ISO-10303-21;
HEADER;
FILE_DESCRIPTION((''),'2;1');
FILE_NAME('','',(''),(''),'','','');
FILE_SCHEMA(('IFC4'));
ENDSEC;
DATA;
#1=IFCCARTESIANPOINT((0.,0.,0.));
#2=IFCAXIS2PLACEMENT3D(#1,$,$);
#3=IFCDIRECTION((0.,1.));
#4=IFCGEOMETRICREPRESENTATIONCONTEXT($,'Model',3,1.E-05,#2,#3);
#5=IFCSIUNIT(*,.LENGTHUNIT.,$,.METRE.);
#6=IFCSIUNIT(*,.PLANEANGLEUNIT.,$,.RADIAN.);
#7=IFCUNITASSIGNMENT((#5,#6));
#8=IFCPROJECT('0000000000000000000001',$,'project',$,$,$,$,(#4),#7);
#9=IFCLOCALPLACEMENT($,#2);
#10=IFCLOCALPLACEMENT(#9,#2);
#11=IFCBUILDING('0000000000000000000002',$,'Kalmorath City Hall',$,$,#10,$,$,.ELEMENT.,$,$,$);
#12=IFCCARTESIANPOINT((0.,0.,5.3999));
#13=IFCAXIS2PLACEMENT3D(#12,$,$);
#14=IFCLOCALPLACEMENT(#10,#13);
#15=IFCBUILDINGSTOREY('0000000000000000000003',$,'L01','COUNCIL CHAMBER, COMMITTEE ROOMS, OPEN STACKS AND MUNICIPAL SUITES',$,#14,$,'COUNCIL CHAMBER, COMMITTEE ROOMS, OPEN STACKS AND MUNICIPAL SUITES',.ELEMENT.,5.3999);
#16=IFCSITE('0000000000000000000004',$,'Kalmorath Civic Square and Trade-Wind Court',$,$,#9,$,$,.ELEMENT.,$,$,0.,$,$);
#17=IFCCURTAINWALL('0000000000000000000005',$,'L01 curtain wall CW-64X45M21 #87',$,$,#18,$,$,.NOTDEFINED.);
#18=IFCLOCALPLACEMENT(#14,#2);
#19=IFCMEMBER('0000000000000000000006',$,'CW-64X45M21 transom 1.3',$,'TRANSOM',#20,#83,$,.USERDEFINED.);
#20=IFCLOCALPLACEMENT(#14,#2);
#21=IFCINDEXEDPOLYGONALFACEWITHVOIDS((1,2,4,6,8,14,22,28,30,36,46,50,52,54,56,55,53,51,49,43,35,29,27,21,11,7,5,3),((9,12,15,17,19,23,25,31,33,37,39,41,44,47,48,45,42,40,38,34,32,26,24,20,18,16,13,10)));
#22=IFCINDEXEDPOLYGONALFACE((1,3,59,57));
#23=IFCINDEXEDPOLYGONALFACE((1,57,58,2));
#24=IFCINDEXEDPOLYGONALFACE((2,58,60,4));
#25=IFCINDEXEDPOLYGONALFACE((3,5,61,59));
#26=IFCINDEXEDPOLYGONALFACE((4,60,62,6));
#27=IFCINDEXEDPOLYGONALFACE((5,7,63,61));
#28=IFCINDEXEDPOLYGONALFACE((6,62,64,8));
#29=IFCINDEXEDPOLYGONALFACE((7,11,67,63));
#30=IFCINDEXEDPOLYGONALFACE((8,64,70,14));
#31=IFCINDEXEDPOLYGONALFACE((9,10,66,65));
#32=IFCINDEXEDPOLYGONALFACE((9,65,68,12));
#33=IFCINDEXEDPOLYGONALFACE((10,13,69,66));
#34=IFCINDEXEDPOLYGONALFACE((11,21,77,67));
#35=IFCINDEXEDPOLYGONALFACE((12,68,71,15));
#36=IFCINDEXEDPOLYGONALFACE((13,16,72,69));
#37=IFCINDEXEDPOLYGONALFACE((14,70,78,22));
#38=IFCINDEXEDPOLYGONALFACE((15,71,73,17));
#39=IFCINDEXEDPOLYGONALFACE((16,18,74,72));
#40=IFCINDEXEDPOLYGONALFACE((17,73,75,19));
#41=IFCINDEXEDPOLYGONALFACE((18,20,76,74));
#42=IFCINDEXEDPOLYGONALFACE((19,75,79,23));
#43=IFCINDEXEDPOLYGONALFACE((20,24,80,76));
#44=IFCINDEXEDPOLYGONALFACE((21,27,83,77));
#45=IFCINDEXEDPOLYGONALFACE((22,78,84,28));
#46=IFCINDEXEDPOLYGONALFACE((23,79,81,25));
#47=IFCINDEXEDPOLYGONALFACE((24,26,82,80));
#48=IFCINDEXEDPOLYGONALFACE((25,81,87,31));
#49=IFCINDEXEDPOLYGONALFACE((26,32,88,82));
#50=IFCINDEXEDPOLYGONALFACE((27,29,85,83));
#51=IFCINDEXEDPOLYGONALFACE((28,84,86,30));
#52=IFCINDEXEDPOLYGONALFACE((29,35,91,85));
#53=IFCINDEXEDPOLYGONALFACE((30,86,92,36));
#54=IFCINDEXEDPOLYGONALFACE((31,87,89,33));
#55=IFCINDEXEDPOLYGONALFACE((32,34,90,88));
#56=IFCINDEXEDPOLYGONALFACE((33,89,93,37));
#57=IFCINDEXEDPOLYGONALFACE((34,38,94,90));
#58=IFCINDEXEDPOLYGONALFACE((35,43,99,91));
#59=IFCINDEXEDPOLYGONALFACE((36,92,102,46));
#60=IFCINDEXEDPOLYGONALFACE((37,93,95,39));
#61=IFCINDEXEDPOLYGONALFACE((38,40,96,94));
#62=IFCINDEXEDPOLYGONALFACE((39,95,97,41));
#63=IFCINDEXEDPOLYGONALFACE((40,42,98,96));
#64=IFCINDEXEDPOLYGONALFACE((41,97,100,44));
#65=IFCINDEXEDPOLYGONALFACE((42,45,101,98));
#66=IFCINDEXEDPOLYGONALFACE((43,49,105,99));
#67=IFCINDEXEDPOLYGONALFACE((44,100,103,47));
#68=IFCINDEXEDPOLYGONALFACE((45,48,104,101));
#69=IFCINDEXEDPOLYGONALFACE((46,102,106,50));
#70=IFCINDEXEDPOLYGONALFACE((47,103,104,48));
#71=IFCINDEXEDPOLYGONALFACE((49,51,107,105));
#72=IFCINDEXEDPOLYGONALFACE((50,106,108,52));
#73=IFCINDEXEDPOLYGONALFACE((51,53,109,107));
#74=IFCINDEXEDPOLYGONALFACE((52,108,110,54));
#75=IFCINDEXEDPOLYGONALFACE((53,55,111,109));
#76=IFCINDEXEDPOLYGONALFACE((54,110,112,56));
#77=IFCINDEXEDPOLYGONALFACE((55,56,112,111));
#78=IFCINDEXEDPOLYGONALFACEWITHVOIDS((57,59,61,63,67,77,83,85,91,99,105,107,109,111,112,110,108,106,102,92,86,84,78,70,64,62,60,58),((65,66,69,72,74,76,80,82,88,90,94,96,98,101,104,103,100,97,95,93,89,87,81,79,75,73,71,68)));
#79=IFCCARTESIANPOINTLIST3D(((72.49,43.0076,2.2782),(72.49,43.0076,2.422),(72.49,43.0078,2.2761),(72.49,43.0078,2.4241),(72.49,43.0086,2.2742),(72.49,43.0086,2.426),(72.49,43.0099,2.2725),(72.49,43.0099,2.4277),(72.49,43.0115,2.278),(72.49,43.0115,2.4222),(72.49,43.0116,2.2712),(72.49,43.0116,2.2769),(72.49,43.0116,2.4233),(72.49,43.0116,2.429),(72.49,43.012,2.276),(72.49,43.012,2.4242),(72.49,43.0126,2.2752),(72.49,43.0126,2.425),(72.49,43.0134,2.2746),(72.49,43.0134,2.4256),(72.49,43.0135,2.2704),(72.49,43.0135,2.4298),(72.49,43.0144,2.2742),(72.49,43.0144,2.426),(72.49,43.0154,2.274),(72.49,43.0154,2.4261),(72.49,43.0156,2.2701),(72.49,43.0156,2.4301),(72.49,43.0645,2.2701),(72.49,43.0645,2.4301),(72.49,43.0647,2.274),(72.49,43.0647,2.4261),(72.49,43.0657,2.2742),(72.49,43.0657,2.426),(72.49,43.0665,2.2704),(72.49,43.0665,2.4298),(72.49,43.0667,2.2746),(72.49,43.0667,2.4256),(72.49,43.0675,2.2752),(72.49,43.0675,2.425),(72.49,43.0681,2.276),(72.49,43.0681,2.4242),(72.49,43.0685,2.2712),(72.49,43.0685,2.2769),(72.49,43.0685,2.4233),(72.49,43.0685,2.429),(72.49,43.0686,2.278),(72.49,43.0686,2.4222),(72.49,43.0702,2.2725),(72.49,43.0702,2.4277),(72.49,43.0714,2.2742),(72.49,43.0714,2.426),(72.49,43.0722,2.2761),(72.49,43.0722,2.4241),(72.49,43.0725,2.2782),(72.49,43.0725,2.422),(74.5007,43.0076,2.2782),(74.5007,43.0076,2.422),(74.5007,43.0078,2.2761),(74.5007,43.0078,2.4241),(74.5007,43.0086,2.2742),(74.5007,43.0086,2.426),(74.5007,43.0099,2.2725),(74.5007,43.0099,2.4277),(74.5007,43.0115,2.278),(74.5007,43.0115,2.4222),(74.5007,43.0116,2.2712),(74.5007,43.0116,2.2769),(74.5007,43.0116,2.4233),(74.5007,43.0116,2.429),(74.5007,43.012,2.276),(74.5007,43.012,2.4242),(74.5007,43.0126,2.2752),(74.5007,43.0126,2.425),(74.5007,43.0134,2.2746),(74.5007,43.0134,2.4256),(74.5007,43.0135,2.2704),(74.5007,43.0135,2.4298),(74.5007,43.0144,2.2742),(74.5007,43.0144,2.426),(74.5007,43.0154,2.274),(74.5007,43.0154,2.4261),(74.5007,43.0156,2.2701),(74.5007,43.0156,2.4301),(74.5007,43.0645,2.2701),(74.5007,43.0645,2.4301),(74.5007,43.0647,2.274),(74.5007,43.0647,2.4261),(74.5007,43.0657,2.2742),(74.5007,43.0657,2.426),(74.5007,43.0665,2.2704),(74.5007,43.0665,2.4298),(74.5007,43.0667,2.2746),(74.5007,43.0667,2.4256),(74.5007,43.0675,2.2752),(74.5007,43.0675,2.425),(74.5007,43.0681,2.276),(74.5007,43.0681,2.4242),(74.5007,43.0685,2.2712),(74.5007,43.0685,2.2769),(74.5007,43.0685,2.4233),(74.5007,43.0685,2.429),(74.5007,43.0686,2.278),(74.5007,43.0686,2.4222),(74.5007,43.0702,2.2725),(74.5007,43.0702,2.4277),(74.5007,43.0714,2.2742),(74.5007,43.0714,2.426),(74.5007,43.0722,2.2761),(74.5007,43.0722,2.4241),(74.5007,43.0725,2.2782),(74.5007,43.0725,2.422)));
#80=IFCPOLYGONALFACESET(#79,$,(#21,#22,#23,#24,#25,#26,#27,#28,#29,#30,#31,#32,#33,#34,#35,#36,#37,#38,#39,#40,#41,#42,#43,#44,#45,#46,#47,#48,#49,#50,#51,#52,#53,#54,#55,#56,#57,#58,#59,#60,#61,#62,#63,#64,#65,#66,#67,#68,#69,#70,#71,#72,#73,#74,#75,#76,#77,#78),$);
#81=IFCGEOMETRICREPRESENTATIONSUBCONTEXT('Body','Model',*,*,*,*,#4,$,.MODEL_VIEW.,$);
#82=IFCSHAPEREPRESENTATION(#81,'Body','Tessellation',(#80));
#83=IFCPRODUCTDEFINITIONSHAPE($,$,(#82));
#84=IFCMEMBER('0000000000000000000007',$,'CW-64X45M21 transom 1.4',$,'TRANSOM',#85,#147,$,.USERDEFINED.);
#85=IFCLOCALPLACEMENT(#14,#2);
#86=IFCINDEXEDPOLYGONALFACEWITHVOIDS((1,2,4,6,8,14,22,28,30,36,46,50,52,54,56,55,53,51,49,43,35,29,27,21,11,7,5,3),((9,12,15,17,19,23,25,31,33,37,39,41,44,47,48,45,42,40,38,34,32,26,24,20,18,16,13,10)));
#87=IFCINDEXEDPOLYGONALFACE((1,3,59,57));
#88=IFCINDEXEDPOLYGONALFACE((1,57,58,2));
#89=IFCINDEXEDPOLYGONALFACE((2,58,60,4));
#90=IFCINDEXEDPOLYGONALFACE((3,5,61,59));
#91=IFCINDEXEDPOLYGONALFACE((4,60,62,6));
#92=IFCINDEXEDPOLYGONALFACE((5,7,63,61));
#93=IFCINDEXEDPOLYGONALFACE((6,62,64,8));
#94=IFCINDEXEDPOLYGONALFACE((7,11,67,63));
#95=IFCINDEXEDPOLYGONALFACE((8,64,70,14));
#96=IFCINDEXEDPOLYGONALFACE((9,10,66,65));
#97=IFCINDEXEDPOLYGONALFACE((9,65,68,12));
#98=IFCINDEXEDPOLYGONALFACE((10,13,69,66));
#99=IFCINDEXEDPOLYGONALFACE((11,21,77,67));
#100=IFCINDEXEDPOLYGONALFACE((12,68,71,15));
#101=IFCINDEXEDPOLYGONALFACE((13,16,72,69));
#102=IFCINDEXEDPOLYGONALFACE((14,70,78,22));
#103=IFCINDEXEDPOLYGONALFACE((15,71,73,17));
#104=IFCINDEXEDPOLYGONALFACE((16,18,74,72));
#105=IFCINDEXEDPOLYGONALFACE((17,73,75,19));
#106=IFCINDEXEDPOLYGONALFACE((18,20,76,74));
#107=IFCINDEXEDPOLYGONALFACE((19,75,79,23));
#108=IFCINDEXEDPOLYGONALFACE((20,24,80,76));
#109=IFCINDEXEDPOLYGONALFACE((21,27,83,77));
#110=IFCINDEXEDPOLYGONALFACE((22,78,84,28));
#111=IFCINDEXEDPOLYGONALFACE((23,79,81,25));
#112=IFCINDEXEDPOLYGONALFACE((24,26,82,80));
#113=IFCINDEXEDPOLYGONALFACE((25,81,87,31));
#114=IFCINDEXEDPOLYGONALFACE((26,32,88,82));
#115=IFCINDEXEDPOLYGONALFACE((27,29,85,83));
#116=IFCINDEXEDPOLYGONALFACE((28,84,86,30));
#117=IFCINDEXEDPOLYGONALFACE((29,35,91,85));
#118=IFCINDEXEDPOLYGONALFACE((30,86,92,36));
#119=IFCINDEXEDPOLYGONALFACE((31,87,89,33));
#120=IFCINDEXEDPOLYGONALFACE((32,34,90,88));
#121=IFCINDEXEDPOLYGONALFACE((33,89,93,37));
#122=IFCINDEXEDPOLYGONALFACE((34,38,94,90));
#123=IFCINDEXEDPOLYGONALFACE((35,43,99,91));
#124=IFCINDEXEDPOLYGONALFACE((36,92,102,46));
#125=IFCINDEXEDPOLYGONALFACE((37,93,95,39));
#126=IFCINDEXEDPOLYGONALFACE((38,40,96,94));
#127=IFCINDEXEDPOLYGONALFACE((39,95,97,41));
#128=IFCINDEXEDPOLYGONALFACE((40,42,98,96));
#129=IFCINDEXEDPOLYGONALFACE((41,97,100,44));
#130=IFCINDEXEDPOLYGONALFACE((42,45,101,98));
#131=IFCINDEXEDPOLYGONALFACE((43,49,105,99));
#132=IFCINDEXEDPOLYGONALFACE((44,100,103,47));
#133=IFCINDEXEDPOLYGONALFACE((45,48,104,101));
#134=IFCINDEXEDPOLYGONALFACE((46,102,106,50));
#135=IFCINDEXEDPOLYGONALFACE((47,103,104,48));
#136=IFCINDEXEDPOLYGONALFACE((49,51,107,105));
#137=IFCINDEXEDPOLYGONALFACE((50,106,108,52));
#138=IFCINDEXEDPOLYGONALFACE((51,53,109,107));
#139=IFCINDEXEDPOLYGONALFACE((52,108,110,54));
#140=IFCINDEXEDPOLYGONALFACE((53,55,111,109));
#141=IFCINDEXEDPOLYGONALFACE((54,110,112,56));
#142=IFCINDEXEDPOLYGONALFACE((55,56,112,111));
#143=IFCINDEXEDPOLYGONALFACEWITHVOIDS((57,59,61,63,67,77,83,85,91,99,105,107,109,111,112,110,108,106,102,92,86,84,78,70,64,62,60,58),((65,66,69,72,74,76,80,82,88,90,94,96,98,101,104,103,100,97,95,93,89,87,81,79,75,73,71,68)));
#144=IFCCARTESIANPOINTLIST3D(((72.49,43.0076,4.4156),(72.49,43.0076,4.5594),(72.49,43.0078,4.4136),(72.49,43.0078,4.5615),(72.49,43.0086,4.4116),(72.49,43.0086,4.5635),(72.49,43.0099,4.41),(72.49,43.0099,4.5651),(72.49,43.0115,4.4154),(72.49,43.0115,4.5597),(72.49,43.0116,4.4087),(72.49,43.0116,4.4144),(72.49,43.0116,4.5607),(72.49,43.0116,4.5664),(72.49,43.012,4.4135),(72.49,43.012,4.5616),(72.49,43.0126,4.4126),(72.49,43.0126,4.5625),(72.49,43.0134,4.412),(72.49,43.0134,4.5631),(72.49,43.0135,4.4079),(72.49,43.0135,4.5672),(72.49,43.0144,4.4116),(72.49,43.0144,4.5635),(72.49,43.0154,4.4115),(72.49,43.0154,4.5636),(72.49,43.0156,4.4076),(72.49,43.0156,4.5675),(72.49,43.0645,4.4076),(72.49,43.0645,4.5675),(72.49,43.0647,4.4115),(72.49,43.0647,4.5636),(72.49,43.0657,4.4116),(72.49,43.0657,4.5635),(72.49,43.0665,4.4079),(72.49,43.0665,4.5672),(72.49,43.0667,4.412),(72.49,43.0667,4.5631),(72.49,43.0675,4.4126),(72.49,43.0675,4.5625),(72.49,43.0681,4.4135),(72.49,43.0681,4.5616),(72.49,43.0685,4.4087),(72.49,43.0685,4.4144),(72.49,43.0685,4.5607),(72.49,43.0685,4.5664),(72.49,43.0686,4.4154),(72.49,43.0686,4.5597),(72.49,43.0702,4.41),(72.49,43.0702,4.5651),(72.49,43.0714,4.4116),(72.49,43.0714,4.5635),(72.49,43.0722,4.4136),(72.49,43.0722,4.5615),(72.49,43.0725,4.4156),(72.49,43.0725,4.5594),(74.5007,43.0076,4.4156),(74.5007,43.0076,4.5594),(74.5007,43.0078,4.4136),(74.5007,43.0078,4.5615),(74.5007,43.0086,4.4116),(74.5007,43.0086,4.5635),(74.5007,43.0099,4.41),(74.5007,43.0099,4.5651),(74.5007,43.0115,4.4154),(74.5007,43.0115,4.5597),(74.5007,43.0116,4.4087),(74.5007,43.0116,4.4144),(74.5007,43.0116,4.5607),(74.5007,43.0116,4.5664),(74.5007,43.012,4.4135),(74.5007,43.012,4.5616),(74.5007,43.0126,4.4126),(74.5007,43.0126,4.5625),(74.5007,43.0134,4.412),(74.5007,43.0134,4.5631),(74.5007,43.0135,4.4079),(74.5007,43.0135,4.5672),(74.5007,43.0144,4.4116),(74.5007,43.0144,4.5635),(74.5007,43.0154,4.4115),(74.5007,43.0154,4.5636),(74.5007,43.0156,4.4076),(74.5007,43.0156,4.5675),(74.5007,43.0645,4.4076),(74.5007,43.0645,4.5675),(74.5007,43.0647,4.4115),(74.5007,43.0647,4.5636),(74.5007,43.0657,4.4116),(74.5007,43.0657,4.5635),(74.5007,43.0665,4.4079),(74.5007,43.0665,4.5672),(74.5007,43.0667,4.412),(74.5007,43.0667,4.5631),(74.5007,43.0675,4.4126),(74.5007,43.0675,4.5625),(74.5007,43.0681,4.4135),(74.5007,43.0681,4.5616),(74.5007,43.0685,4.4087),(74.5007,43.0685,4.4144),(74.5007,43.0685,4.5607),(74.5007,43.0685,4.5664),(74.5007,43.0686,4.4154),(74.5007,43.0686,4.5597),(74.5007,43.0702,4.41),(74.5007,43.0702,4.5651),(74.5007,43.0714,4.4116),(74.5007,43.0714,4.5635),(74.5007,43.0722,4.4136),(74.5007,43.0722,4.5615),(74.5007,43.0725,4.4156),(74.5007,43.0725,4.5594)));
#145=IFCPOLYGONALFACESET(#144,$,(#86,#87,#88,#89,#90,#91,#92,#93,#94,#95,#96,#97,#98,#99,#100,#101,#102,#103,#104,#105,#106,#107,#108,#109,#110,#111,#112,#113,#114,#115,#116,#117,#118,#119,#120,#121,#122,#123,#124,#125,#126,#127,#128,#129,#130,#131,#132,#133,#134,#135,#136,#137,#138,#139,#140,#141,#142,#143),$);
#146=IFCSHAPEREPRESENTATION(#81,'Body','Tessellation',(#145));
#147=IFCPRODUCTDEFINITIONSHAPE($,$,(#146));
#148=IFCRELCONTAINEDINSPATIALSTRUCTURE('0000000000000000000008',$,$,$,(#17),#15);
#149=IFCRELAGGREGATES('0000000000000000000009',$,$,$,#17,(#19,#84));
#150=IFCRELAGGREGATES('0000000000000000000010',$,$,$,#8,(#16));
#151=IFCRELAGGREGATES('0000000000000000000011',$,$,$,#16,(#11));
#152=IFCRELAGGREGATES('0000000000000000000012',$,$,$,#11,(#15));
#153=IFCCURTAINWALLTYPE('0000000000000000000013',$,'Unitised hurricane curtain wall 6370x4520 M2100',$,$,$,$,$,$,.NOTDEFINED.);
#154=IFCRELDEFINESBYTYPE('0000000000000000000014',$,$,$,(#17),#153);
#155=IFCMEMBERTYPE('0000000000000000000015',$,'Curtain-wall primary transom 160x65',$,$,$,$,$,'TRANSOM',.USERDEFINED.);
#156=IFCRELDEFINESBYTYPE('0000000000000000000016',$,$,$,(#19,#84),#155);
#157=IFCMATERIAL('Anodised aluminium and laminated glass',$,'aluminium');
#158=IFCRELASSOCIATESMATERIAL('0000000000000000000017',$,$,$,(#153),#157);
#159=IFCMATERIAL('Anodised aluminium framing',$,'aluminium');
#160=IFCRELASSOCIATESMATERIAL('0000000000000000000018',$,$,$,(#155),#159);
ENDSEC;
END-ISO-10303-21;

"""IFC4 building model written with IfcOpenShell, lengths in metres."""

from ifc_helpers import new_model, si_unit, direction, frame, origin, origin_2d, place, context, subcontext, project, spatial, hollow_rectangle, extrude, material, material_profile, profile_set, type_object, element, aggregate, save


model = new_model("IFC4")

# Units and contexts
model_context = context("Model", 3, precision=1e-05, world=origin(), true_north=direction((0.0, 1.0)))
body_context = subcontext(model_context, "Body", "Model", "MODEL_VIEW")
ifc_project = project(units=[si_unit("LENGTHUNIT", "METRE"), si_unit("PLANEANGLEUNIT", "RADIAN")], contexts=[model_context])

# Site, building, storey
site_placement = place(None, origin())
site = spatial("IfcSite", under=ifc_project, at=site_placement, Name="Kalmorath Civic Square and Trade-Wind Court", CompositionType="ELEMENT", RefElevation=0.0)
building_placement = place(site_placement, origin())
building = spatial("IfcBuilding", under=site, at=building_placement, Name="Kalmorath City Hall", CompositionType="ELEMENT")
storey_placement = place(building_placement, frame((0.0, 0.0, 5.3999)))
storey = spatial("IfcBuildingStorey", under=building, at=storey_placement, Name="L01", Description="COUNCIL CHAMBER, COMMITTEE ROOMS, OPEN STACKS AND MUNICIPAL SUITES", LongName="COUNCIL CHAMBER, COMMITTEE ROOMS, OPEN STACKS AND MUNICIPAL SUITES", CompositionType="ELEMENT", Elevation=5.3999)

# Curtain wall, members
ifc_material_1 = material(Name="Anodised aluminium and laminated glass", Category="aluminium")
curtain_wall_type = type_object("IfcCurtainWallType", Name="Unitised hurricane curtain wall 6370x4520 M2100", PredefinedType="NOTDEFINED", material=ifc_material_1)
curtain_wall_placement = place(storey_placement, origin())
curtain_wall = element("IfcCurtainWall", 1, at=curtain_wall_placement, inside=storey, type_object=curtain_wall_type, Name="L01 curtain wall CW-64X45M21 #87", PredefinedType="NOTDEFINED")
ifc_material_2 = material(Name="Anodised aluminium framing", Category="aluminium")
ifc_material_profile_1 = material_profile(ifc_material_2, hollow_rectangle(XDim=0.0649, YDim=0.1599, WallThickness=0.0039, InnerFilletRadius=0.0039, OuterFilletRadius=0.0081, at=origin_2d()), Name="ALU-TRN-160X65X4")
ifc_profile_set_1 = profile_set([ifc_material_profile_1], Name="Anodised aluminium framing")
member_type_1 = type_object("IfcMemberType", Name="Curtain-wall primary transom 160x65", ElementType="TRANSOM", PredefinedType="USERDEFINED", material=ifc_profile_set_1)
member_1_placement = place(storey_placement, frame((72.49, 43.04, 2.3501), z_axis=(1.0, 0.0, 0.0), x_axis=(0.0, 1.0, 0.0)))
member_1 = element("IfcMember", 2, at=member_1_placement, type_object=member_type_1, Name="CW-64X45M21 transom 1.3", ObjectType="TRANSOM", PredefinedType="USERDEFINED", context=body_context, shape_type="SweptSolid", body=[
    extrude(hollow_rectangle(XDim=0.0649, YDim=0.1599, WallThickness=0.0039, InnerFilletRadius=0.0039, OuterFilletRadius=0.0081, at=origin_2d()), origin(), (0.0, 0.0, 1.0), 2.0107),
])
member_2_placement = place(storey_placement, frame((72.49, 43.04, 4.4875), z_axis=(1.0, 0.0, 0.0), x_axis=(0.0, 1.0, 0.0)))
member_2 = element("IfcMember", 3, at=member_2_placement, type_object=member_type_1, Name="CW-64X45M21 transom 1.4", ObjectType="TRANSOM", PredefinedType="USERDEFINED", context=body_context, shape_type="SweptSolid", body=[
    extrude(hollow_rectangle(XDim=0.0649, YDim=0.1599, WallThickness=0.0039, InnerFilletRadius=0.0039, OuterFilletRadius=0.0081, at=origin_2d()), origin(), (0.0, 0.0, 1.0), 2.0107),
])
aggregate(curtain_wall, [member_1, member_2])

save(model, "model.ifc")
